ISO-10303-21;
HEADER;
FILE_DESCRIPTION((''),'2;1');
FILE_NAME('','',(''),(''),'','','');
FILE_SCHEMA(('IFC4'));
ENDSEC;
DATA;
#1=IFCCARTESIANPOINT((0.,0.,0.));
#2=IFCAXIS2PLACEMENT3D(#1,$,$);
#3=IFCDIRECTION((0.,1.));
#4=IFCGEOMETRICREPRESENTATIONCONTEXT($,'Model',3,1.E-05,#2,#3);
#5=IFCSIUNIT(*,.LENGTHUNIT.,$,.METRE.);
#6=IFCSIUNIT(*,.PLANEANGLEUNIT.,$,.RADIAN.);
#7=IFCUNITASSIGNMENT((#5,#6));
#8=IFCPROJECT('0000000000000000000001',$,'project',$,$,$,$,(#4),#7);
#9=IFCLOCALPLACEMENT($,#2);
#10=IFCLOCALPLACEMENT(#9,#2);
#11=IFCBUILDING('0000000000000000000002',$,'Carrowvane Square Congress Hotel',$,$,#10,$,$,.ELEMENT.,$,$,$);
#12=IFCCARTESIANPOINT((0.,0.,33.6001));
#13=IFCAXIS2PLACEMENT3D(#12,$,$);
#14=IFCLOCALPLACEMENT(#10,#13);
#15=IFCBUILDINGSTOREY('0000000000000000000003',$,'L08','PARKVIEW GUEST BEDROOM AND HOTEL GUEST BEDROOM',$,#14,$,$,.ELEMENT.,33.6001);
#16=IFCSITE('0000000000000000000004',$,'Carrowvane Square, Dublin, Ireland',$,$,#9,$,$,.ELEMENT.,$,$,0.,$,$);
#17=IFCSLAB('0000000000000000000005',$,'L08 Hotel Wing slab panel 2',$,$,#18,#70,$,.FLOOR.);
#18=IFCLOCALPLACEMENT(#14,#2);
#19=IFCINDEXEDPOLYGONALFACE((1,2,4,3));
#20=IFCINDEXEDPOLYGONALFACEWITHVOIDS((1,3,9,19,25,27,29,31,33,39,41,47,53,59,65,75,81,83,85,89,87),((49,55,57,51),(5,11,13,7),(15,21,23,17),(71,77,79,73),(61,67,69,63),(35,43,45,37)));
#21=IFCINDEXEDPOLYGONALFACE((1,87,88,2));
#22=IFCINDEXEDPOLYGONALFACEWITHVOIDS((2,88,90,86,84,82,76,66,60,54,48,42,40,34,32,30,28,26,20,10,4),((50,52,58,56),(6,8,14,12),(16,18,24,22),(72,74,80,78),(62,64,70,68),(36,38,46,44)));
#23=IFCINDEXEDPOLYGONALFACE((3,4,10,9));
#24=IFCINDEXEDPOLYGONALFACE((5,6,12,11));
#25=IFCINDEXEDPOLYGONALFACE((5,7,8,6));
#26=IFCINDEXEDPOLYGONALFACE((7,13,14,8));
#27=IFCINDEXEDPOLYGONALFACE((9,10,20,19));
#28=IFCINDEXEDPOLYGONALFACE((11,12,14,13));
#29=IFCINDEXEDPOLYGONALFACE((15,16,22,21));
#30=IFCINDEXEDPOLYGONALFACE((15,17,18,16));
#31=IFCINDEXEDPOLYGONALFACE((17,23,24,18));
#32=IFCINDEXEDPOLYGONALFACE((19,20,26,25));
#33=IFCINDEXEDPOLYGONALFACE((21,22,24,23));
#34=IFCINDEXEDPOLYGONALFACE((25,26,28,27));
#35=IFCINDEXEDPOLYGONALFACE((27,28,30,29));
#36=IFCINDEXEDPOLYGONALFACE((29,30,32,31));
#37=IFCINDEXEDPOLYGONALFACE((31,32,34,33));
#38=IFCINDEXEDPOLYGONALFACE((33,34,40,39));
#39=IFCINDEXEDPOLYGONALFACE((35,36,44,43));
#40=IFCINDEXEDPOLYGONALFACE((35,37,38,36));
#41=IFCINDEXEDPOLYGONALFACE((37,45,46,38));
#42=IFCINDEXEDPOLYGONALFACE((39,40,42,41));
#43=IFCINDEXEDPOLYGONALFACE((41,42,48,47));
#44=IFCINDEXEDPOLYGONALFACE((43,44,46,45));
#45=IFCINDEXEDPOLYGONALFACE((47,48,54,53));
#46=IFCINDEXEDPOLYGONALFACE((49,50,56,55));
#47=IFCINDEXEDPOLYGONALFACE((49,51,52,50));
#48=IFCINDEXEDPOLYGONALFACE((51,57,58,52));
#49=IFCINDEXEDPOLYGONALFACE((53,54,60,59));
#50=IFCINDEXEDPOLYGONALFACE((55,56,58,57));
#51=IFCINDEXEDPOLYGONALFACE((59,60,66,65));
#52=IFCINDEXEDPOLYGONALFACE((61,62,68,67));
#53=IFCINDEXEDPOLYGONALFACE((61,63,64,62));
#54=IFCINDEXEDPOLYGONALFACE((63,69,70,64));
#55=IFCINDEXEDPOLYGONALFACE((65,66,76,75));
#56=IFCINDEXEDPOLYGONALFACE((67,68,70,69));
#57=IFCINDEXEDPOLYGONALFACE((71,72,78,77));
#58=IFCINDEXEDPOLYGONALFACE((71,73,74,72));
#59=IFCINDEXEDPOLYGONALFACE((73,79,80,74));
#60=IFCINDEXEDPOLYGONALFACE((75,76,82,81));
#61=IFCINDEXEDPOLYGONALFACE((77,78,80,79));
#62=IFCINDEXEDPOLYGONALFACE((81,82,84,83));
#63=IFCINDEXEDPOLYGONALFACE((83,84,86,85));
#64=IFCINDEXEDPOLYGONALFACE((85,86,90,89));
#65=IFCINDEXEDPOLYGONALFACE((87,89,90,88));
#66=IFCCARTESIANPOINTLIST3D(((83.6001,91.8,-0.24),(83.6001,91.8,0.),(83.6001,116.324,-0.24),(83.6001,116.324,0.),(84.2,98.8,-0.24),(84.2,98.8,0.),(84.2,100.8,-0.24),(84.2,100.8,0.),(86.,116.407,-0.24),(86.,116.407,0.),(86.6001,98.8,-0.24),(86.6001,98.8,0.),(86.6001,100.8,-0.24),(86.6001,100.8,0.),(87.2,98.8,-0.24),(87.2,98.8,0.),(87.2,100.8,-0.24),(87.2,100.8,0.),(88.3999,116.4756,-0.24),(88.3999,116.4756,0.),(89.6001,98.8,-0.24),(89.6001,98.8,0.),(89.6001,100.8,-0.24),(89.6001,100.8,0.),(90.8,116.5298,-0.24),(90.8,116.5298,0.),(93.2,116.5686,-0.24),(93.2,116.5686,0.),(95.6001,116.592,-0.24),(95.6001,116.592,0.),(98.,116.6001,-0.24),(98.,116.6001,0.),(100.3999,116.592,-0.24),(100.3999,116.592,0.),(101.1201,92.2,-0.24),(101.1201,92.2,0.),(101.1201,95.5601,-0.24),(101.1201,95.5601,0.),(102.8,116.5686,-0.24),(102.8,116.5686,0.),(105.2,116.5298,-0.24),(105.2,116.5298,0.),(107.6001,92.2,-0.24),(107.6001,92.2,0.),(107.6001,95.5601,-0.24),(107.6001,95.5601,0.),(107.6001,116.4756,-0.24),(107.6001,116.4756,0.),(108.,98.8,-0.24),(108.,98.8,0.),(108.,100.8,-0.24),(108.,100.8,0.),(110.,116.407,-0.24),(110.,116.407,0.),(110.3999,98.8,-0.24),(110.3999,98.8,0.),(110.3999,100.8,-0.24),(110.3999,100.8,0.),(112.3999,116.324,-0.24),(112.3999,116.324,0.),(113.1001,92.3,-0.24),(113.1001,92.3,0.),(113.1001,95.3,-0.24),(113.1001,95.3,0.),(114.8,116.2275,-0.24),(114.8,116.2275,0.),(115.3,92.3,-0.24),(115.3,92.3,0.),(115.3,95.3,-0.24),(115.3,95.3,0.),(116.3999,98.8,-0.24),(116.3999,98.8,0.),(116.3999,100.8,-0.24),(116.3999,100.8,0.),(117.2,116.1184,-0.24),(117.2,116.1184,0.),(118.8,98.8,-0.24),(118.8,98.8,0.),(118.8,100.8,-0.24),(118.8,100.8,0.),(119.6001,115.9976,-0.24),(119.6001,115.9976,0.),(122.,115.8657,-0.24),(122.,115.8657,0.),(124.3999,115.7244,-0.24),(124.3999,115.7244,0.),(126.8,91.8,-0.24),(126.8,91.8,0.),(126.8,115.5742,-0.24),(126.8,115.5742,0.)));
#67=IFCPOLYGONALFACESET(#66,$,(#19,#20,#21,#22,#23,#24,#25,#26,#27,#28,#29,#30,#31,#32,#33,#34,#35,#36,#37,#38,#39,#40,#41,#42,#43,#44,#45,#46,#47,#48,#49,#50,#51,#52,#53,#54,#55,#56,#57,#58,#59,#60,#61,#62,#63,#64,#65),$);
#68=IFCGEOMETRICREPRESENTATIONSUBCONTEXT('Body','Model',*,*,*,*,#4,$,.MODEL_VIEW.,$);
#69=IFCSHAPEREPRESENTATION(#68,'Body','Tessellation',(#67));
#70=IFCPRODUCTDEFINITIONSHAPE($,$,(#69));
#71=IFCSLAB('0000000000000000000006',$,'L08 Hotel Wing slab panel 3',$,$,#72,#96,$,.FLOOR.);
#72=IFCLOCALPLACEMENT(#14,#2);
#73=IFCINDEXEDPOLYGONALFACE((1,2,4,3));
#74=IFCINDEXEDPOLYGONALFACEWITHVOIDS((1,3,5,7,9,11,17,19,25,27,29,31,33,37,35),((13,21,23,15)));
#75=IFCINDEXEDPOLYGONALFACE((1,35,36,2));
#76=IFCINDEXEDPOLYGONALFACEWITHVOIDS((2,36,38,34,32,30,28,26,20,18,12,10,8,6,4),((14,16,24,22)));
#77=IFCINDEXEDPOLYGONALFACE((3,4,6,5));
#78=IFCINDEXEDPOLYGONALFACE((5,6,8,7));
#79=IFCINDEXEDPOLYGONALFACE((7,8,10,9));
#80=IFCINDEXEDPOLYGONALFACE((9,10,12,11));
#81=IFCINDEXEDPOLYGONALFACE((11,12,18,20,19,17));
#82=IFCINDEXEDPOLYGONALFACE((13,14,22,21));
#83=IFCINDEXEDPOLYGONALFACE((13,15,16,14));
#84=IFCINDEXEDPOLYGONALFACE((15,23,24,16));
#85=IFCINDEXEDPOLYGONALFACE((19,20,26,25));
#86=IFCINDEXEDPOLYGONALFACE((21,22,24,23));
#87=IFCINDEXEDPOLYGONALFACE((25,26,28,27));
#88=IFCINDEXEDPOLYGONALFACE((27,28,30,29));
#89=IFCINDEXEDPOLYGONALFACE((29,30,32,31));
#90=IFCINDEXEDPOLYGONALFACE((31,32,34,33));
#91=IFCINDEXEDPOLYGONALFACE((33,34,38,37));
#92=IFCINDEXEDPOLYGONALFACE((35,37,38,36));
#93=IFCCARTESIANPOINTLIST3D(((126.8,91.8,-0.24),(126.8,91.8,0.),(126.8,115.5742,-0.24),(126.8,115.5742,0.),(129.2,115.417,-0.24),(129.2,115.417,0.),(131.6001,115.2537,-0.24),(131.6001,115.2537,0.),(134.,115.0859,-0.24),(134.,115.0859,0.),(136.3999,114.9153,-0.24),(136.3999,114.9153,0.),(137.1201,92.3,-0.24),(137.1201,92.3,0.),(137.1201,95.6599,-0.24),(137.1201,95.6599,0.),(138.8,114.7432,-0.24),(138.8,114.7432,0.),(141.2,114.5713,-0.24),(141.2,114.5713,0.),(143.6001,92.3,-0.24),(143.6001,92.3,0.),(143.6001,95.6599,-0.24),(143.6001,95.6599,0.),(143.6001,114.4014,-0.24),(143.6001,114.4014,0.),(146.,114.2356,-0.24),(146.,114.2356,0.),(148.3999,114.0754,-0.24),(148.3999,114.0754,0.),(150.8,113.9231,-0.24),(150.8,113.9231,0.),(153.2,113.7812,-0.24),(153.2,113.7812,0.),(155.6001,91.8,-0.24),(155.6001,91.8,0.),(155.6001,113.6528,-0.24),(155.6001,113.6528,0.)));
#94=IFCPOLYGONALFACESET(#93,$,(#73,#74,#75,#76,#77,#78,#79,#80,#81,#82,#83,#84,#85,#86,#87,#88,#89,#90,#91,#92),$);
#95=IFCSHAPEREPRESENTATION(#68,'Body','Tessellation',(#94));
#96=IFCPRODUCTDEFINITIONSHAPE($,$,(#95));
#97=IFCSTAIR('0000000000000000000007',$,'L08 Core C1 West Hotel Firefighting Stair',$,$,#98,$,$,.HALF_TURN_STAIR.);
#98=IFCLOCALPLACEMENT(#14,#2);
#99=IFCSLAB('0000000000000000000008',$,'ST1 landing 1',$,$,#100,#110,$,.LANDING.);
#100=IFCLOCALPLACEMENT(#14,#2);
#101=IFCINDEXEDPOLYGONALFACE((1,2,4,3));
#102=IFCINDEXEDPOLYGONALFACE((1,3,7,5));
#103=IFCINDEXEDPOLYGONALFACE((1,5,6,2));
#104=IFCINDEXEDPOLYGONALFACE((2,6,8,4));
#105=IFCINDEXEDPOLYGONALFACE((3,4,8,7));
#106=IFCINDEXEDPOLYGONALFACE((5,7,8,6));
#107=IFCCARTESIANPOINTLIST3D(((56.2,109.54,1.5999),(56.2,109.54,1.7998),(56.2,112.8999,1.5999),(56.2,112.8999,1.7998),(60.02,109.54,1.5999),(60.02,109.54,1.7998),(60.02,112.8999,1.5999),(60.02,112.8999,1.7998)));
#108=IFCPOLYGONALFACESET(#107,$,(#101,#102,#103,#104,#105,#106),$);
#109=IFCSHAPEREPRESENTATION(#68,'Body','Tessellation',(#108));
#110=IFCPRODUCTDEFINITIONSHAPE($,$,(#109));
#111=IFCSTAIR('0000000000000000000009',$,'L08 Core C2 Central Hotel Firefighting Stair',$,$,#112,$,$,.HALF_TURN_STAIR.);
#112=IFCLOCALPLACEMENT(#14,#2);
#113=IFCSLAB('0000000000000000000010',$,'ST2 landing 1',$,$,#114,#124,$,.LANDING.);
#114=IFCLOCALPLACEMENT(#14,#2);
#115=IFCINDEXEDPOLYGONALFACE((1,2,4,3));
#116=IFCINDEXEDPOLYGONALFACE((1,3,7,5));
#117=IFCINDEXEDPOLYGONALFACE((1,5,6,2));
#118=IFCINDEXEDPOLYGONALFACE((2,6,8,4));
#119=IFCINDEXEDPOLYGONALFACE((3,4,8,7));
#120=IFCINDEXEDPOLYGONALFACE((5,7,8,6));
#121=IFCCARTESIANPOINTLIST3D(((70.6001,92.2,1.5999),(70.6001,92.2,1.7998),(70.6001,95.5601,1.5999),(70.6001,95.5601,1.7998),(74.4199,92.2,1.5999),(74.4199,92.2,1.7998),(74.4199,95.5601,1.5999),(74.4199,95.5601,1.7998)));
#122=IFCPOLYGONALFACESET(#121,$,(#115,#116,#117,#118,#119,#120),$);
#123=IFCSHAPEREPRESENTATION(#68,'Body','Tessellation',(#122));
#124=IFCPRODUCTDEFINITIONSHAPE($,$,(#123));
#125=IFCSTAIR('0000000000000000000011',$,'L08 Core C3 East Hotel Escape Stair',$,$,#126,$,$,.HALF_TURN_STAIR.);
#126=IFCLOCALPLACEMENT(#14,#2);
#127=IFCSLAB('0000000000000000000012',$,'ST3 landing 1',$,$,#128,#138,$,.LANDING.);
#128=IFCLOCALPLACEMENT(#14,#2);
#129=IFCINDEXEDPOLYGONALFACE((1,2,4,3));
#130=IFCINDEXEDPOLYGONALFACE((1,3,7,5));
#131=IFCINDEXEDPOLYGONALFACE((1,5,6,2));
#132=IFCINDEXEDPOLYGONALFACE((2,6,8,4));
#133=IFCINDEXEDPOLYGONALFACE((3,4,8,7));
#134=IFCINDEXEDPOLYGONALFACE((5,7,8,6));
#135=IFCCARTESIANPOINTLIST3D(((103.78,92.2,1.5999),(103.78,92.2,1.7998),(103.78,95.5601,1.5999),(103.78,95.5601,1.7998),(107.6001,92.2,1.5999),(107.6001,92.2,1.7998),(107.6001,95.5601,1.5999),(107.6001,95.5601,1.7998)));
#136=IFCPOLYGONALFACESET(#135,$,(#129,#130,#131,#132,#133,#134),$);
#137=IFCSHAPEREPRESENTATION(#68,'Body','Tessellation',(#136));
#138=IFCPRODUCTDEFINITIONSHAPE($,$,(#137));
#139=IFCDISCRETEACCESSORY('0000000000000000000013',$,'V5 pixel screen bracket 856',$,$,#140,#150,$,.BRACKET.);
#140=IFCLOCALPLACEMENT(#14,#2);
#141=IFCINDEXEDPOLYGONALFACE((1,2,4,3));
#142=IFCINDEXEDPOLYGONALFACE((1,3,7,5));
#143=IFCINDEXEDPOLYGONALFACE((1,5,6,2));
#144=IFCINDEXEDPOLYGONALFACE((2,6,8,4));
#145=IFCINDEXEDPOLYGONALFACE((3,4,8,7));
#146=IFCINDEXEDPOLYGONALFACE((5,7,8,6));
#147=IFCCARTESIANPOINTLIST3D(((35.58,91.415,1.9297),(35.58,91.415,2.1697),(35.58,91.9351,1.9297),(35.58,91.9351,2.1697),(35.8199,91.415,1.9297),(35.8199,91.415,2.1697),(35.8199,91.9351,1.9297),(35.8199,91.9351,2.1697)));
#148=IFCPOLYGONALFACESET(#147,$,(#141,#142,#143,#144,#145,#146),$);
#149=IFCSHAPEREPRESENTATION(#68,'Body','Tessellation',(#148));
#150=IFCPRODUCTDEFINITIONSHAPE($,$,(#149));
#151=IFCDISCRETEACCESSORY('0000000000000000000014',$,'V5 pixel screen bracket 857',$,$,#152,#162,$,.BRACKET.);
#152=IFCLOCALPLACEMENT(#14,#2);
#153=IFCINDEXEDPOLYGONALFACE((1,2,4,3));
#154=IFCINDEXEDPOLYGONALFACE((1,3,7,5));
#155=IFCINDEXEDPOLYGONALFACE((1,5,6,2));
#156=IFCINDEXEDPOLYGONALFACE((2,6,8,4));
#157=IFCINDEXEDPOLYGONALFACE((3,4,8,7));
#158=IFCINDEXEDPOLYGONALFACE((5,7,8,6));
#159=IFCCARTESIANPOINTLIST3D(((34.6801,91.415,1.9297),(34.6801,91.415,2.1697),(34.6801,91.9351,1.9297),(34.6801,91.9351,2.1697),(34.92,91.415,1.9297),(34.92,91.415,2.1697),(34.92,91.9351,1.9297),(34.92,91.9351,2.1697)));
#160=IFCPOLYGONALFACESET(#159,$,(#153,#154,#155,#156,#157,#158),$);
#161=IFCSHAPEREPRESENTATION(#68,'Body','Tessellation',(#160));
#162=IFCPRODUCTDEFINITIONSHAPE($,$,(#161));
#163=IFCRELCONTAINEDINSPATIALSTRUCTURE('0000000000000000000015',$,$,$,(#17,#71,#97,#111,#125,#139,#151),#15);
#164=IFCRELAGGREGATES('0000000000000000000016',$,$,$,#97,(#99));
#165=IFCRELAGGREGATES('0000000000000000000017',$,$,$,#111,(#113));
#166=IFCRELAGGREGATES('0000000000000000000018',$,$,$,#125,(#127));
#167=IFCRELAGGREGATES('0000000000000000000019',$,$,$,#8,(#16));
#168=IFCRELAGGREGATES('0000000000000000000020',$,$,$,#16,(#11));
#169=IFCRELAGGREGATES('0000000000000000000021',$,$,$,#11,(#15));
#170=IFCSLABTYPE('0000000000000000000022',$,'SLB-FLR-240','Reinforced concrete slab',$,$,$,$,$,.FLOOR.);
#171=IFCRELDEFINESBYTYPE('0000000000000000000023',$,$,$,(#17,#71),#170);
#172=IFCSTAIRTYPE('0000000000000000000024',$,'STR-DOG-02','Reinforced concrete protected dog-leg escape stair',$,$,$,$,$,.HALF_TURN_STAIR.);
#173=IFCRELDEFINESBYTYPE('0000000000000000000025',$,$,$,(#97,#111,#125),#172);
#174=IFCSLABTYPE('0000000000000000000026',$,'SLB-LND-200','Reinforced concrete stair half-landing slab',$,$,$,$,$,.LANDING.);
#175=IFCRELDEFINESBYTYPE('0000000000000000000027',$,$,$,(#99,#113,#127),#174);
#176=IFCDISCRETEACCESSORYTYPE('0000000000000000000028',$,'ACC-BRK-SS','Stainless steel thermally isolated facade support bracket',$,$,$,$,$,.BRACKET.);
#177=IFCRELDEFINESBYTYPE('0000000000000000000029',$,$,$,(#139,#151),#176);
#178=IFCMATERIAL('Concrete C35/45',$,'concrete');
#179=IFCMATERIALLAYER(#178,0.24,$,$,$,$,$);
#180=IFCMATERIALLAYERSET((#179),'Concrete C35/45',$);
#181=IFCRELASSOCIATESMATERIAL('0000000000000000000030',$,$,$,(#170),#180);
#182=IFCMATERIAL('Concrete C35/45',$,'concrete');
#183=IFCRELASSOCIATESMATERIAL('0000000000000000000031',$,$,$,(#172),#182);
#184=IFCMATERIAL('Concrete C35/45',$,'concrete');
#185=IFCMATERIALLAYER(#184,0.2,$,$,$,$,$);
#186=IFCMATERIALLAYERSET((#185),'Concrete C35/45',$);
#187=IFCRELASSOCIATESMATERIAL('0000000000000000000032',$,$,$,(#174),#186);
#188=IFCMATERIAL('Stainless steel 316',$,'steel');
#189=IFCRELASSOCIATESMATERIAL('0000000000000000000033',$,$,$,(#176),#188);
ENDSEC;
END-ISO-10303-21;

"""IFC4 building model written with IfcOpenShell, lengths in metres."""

from ifc_helpers import new_model, si_unit, direction, frame, origin, origin_2d, place, context, subcontext, project, spatial, polyline, rectangle, outline, extrude, material, layer, layer_set, type_object, element, aggregate, save


model = new_model("IFC4")

# Units and contexts
model_context = context("Model", 3, precision=1e-05, world=origin(), true_north=direction((0.0, 1.0)))
body_context = subcontext(model_context, "Body", "Model", "MODEL_VIEW")
ifc_project = project(units=[si_unit("LENGTHUNIT", "METRE"), si_unit("PLANEANGLEUNIT", "RADIAN")], contexts=[model_context])

# Site, building, storey
site_placement = place(None, origin())
site = spatial("IfcSite", under=ifc_project, at=site_placement, Name="Carrowvane Square, Dublin, Ireland", CompositionType="ELEMENT", RefElevation=0.0)
building_placement = place(site_placement, origin())
building = spatial("IfcBuilding", under=site, at=building_placement, Name="Carrowvane Square Congress Hotel", CompositionType="ELEMENT")
storey_placement = place(building_placement, frame((0.0, 0.0, 33.6001)))
storey = spatial("IfcBuildingStorey", under=building, at=storey_placement, Name="L08", Description="PARKVIEW GUEST BEDROOM AND HOTEL GUEST BEDROOM", CompositionType="ELEMENT", Elevation=33.6001)

# Slabs
ifc_material_1 = material(Name="Concrete C35/45", Category="concrete")
ifc_layer_1 = layer(ifc_material_1, 0.24)
ifc_layer_set_1 = layer_set([ifc_layer_1], Name="Concrete C35/45")
slab_type_1 = type_object("IfcSlabType", Name="SLB-FLR-240", Description="Reinforced concrete slab", PredefinedType="FLOOR", material=ifc_layer_set_1)
slab_1_placement = place(storey_placement, frame((0.0, 0.0, -0.24)))
element("IfcSlab", 1, at=slab_1_placement, inside=storey, type_object=slab_type_1, Name="L08 Hotel Wing slab panel 2", PredefinedType="FLOOR", context=body_context, shape_type="SweptSolid", body=[
    extrude(outline(polyline([(83.6001, 91.8), (126.8, 91.8), (126.8, 115.5742), (124.3999, 115.7244), (122.0, 115.8657), (119.6001, 115.9976), (117.2, 116.1184), (114.8, 116.2275), (112.3999, 116.324), (110.0, 116.407), (107.6001, 116.4756), (105.2, 116.5298), (102.8, 116.5686), (100.3999, 116.592), (98.0, 116.6001), (95.6001, 116.592), (93.2, 116.5686), (90.8, 116.5298), (88.3999, 116.4756), (86.0, 116.407), (83.6001, 116.324), (83.6001, 91.8)]), holes=[polyline([(101.1201, 92.2), (107.6001, 92.2), (107.6001, 95.5601), (101.1201, 95.5601), (101.1201, 92.2)]), polyline([(84.2, 98.8), (86.6001, 98.8), (86.6001, 100.8), (84.2, 100.8), (84.2, 98.8)]), polyline([(87.2, 98.8), (89.6001, 98.8), (89.6001, 100.8), (87.2, 100.8), (87.2, 98.8)]), polyline([(108.0, 98.8), (110.3999, 98.8), (110.3999, 100.8), (108.0, 100.8), (108.0, 98.8)]), polyline([(116.3999, 98.8), (118.8, 98.8), (118.8, 100.8), (116.3999, 100.8), (116.3999, 98.8)]), polyline([(113.1001, 92.3), (115.3, 92.3), (115.3, 95.3), (113.1001, 95.3), (113.1001, 92.3)])]), origin(), (0.0, 0.0, 1.0), 0.24),
])
slab_2_placement = place(storey_placement, frame((0.0, 0.0, -0.24)))
element("IfcSlab", 2, at=slab_2_placement, inside=storey, type_object=slab_type_1, Name="L08 Hotel Wing slab panel 3", PredefinedType="FLOOR", context=body_context, shape_type="SweptSolid", body=[
    extrude(outline(polyline([(126.8, 91.8), (155.6001, 91.8), (155.6001, 113.6528), (153.2, 113.7812), (150.8, 113.9231), (148.3999, 114.0754), (146.0, 114.2356), (143.6001, 114.4014), (141.2, 114.5713), (138.8, 114.7432), (136.3999, 114.9153), (134.0, 115.0859), (131.6001, 115.2537), (129.2, 115.417), (126.8, 115.5742), (126.8, 91.8)]), holes=[polyline([(137.1201, 92.3), (143.6001, 92.3), (143.6001, 95.6599), (137.1201, 95.6599), (137.1201, 92.3)])]), origin(), (0.0, 0.0, 1.0), 0.24),
])

# Stairs, slabs
ifc_material_2 = material(Name="Concrete C35/45", Category="concrete")
stair_type = type_object("IfcStairType", Name="STR-DOG-02", Description="Reinforced concrete protected dog-leg escape stair", PredefinedType="HALF_TURN_STAIR", material=ifc_material_2)
stair_1_placement = place(storey_placement, origin())
stair_1 = element("IfcStair", 3, at=stair_1_placement, inside=storey, type_object=stair_type, Name="L08 Core C1 West Hotel Firefighting Stair", PredefinedType="HALF_TURN_STAIR")
ifc_material_3 = material(Name="Concrete C35/45", Category="concrete")
ifc_layer_2 = layer(ifc_material_3, 0.2)
ifc_layer_set_2 = layer_set([ifc_layer_2], Name="Concrete C35/45")
slab_type_2 = type_object("IfcSlabType", Name="SLB-LND-200", Description="Reinforced concrete stair half-landing slab", PredefinedType="LANDING", material=ifc_layer_set_2)
slab_3_placement = place(storey_placement, frame((0.0, 0.0, 1.5999)))
slab_3 = element("IfcSlab", 4, at=slab_3_placement, type_object=slab_type_2, Name="ST1 landing 1", PredefinedType="LANDING", context=body_context, shape_type="SweptSolid", body=[
    extrude(outline(polyline([(60.02, 112.8999), (56.2, 112.8999), (56.2, 109.54), (60.02, 109.54), (60.02, 112.8999)])), origin(), (0.0, 0.0, 1.0), 0.2),
])
aggregate(stair_1, [slab_3])
stair_2_placement = place(storey_placement, origin())
stair_2 = element("IfcStair", 5, at=stair_2_placement, inside=storey, type_object=stair_type, Name="L08 Core C2 Central Hotel Firefighting Stair", PredefinedType="HALF_TURN_STAIR")
slab_4_placement = place(storey_placement, frame((0.0, 0.0, 1.5999)))
slab_4 = element("IfcSlab", 6, at=slab_4_placement, type_object=slab_type_2, Name="ST2 landing 1", PredefinedType="LANDING", context=body_context, shape_type="SweptSolid", body=[
    extrude(outline(polyline([(74.4199, 95.5601), (70.6001, 95.5601), (70.6001, 92.2), (74.4199, 92.2), (74.4199, 95.5601)])), origin(), (0.0, 0.0, 1.0), 0.2),
])
aggregate(stair_2, [slab_4])
stair_3_placement = place(storey_placement, origin())
stair_3 = element("IfcStair", 7, at=stair_3_placement, inside=storey, type_object=stair_type, Name="L08 Core C3 East Hotel Escape Stair", PredefinedType="HALF_TURN_STAIR")
slab_5_placement = place(storey_placement, frame((0.0, 0.0, 1.5999)))
slab_5 = element("IfcSlab", 8, at=slab_5_placement, type_object=slab_type_2, Name="ST3 landing 1", PredefinedType="LANDING", context=body_context, shape_type="SweptSolid", body=[
    extrude(outline(polyline([(103.78, 92.2), (107.6001, 92.2), (107.6001, 95.5601), (103.78, 95.5601), (103.78, 92.2)])), origin(), (0.0, 0.0, 1.0), 0.2),
])
aggregate(stair_3, [slab_5])

# Discrete accessories
ifc_material_4 = material(Name="Stainless steel 316", Category="steel")
discrete_accessory_type = type_object("IfcDiscreteAccessoryType", Name="ACC-BRK-SS", Description="Stainless steel thermally isolated facade support bracket", PredefinedType="BRACKET", material=ifc_material_4)
for number, where, z_axis, x_axis, name in (
    (9, (35.7, 91.675, 1.9297), (0.0, 0.0, 1.0), (-1.0, 0.0, 0.0), "V5 pixel screen bracket 856"),
    (10, (34.8, 91.675, 1.9297), (0.0, 0.0, 1.0), (-1.0, 0.0, 0.0), "V5 pixel screen bracket 857"),
):
    element("IfcDiscreteAccessory", number, at=place(storey_placement, frame(where, z_axis=z_axis, x_axis=x_axis)), inside=storey, type_object=discrete_accessory_type, Name=name, PredefinedType="BRACKET", context=body_context, shape_type="SweptSolid", body=[
        extrude(rectangle(XDim=0.24, YDim=0.52, at=origin_2d()), origin(), (0.0, 0.0, 1.0), 0.24),
    ])

save(model, "model.ifc")
